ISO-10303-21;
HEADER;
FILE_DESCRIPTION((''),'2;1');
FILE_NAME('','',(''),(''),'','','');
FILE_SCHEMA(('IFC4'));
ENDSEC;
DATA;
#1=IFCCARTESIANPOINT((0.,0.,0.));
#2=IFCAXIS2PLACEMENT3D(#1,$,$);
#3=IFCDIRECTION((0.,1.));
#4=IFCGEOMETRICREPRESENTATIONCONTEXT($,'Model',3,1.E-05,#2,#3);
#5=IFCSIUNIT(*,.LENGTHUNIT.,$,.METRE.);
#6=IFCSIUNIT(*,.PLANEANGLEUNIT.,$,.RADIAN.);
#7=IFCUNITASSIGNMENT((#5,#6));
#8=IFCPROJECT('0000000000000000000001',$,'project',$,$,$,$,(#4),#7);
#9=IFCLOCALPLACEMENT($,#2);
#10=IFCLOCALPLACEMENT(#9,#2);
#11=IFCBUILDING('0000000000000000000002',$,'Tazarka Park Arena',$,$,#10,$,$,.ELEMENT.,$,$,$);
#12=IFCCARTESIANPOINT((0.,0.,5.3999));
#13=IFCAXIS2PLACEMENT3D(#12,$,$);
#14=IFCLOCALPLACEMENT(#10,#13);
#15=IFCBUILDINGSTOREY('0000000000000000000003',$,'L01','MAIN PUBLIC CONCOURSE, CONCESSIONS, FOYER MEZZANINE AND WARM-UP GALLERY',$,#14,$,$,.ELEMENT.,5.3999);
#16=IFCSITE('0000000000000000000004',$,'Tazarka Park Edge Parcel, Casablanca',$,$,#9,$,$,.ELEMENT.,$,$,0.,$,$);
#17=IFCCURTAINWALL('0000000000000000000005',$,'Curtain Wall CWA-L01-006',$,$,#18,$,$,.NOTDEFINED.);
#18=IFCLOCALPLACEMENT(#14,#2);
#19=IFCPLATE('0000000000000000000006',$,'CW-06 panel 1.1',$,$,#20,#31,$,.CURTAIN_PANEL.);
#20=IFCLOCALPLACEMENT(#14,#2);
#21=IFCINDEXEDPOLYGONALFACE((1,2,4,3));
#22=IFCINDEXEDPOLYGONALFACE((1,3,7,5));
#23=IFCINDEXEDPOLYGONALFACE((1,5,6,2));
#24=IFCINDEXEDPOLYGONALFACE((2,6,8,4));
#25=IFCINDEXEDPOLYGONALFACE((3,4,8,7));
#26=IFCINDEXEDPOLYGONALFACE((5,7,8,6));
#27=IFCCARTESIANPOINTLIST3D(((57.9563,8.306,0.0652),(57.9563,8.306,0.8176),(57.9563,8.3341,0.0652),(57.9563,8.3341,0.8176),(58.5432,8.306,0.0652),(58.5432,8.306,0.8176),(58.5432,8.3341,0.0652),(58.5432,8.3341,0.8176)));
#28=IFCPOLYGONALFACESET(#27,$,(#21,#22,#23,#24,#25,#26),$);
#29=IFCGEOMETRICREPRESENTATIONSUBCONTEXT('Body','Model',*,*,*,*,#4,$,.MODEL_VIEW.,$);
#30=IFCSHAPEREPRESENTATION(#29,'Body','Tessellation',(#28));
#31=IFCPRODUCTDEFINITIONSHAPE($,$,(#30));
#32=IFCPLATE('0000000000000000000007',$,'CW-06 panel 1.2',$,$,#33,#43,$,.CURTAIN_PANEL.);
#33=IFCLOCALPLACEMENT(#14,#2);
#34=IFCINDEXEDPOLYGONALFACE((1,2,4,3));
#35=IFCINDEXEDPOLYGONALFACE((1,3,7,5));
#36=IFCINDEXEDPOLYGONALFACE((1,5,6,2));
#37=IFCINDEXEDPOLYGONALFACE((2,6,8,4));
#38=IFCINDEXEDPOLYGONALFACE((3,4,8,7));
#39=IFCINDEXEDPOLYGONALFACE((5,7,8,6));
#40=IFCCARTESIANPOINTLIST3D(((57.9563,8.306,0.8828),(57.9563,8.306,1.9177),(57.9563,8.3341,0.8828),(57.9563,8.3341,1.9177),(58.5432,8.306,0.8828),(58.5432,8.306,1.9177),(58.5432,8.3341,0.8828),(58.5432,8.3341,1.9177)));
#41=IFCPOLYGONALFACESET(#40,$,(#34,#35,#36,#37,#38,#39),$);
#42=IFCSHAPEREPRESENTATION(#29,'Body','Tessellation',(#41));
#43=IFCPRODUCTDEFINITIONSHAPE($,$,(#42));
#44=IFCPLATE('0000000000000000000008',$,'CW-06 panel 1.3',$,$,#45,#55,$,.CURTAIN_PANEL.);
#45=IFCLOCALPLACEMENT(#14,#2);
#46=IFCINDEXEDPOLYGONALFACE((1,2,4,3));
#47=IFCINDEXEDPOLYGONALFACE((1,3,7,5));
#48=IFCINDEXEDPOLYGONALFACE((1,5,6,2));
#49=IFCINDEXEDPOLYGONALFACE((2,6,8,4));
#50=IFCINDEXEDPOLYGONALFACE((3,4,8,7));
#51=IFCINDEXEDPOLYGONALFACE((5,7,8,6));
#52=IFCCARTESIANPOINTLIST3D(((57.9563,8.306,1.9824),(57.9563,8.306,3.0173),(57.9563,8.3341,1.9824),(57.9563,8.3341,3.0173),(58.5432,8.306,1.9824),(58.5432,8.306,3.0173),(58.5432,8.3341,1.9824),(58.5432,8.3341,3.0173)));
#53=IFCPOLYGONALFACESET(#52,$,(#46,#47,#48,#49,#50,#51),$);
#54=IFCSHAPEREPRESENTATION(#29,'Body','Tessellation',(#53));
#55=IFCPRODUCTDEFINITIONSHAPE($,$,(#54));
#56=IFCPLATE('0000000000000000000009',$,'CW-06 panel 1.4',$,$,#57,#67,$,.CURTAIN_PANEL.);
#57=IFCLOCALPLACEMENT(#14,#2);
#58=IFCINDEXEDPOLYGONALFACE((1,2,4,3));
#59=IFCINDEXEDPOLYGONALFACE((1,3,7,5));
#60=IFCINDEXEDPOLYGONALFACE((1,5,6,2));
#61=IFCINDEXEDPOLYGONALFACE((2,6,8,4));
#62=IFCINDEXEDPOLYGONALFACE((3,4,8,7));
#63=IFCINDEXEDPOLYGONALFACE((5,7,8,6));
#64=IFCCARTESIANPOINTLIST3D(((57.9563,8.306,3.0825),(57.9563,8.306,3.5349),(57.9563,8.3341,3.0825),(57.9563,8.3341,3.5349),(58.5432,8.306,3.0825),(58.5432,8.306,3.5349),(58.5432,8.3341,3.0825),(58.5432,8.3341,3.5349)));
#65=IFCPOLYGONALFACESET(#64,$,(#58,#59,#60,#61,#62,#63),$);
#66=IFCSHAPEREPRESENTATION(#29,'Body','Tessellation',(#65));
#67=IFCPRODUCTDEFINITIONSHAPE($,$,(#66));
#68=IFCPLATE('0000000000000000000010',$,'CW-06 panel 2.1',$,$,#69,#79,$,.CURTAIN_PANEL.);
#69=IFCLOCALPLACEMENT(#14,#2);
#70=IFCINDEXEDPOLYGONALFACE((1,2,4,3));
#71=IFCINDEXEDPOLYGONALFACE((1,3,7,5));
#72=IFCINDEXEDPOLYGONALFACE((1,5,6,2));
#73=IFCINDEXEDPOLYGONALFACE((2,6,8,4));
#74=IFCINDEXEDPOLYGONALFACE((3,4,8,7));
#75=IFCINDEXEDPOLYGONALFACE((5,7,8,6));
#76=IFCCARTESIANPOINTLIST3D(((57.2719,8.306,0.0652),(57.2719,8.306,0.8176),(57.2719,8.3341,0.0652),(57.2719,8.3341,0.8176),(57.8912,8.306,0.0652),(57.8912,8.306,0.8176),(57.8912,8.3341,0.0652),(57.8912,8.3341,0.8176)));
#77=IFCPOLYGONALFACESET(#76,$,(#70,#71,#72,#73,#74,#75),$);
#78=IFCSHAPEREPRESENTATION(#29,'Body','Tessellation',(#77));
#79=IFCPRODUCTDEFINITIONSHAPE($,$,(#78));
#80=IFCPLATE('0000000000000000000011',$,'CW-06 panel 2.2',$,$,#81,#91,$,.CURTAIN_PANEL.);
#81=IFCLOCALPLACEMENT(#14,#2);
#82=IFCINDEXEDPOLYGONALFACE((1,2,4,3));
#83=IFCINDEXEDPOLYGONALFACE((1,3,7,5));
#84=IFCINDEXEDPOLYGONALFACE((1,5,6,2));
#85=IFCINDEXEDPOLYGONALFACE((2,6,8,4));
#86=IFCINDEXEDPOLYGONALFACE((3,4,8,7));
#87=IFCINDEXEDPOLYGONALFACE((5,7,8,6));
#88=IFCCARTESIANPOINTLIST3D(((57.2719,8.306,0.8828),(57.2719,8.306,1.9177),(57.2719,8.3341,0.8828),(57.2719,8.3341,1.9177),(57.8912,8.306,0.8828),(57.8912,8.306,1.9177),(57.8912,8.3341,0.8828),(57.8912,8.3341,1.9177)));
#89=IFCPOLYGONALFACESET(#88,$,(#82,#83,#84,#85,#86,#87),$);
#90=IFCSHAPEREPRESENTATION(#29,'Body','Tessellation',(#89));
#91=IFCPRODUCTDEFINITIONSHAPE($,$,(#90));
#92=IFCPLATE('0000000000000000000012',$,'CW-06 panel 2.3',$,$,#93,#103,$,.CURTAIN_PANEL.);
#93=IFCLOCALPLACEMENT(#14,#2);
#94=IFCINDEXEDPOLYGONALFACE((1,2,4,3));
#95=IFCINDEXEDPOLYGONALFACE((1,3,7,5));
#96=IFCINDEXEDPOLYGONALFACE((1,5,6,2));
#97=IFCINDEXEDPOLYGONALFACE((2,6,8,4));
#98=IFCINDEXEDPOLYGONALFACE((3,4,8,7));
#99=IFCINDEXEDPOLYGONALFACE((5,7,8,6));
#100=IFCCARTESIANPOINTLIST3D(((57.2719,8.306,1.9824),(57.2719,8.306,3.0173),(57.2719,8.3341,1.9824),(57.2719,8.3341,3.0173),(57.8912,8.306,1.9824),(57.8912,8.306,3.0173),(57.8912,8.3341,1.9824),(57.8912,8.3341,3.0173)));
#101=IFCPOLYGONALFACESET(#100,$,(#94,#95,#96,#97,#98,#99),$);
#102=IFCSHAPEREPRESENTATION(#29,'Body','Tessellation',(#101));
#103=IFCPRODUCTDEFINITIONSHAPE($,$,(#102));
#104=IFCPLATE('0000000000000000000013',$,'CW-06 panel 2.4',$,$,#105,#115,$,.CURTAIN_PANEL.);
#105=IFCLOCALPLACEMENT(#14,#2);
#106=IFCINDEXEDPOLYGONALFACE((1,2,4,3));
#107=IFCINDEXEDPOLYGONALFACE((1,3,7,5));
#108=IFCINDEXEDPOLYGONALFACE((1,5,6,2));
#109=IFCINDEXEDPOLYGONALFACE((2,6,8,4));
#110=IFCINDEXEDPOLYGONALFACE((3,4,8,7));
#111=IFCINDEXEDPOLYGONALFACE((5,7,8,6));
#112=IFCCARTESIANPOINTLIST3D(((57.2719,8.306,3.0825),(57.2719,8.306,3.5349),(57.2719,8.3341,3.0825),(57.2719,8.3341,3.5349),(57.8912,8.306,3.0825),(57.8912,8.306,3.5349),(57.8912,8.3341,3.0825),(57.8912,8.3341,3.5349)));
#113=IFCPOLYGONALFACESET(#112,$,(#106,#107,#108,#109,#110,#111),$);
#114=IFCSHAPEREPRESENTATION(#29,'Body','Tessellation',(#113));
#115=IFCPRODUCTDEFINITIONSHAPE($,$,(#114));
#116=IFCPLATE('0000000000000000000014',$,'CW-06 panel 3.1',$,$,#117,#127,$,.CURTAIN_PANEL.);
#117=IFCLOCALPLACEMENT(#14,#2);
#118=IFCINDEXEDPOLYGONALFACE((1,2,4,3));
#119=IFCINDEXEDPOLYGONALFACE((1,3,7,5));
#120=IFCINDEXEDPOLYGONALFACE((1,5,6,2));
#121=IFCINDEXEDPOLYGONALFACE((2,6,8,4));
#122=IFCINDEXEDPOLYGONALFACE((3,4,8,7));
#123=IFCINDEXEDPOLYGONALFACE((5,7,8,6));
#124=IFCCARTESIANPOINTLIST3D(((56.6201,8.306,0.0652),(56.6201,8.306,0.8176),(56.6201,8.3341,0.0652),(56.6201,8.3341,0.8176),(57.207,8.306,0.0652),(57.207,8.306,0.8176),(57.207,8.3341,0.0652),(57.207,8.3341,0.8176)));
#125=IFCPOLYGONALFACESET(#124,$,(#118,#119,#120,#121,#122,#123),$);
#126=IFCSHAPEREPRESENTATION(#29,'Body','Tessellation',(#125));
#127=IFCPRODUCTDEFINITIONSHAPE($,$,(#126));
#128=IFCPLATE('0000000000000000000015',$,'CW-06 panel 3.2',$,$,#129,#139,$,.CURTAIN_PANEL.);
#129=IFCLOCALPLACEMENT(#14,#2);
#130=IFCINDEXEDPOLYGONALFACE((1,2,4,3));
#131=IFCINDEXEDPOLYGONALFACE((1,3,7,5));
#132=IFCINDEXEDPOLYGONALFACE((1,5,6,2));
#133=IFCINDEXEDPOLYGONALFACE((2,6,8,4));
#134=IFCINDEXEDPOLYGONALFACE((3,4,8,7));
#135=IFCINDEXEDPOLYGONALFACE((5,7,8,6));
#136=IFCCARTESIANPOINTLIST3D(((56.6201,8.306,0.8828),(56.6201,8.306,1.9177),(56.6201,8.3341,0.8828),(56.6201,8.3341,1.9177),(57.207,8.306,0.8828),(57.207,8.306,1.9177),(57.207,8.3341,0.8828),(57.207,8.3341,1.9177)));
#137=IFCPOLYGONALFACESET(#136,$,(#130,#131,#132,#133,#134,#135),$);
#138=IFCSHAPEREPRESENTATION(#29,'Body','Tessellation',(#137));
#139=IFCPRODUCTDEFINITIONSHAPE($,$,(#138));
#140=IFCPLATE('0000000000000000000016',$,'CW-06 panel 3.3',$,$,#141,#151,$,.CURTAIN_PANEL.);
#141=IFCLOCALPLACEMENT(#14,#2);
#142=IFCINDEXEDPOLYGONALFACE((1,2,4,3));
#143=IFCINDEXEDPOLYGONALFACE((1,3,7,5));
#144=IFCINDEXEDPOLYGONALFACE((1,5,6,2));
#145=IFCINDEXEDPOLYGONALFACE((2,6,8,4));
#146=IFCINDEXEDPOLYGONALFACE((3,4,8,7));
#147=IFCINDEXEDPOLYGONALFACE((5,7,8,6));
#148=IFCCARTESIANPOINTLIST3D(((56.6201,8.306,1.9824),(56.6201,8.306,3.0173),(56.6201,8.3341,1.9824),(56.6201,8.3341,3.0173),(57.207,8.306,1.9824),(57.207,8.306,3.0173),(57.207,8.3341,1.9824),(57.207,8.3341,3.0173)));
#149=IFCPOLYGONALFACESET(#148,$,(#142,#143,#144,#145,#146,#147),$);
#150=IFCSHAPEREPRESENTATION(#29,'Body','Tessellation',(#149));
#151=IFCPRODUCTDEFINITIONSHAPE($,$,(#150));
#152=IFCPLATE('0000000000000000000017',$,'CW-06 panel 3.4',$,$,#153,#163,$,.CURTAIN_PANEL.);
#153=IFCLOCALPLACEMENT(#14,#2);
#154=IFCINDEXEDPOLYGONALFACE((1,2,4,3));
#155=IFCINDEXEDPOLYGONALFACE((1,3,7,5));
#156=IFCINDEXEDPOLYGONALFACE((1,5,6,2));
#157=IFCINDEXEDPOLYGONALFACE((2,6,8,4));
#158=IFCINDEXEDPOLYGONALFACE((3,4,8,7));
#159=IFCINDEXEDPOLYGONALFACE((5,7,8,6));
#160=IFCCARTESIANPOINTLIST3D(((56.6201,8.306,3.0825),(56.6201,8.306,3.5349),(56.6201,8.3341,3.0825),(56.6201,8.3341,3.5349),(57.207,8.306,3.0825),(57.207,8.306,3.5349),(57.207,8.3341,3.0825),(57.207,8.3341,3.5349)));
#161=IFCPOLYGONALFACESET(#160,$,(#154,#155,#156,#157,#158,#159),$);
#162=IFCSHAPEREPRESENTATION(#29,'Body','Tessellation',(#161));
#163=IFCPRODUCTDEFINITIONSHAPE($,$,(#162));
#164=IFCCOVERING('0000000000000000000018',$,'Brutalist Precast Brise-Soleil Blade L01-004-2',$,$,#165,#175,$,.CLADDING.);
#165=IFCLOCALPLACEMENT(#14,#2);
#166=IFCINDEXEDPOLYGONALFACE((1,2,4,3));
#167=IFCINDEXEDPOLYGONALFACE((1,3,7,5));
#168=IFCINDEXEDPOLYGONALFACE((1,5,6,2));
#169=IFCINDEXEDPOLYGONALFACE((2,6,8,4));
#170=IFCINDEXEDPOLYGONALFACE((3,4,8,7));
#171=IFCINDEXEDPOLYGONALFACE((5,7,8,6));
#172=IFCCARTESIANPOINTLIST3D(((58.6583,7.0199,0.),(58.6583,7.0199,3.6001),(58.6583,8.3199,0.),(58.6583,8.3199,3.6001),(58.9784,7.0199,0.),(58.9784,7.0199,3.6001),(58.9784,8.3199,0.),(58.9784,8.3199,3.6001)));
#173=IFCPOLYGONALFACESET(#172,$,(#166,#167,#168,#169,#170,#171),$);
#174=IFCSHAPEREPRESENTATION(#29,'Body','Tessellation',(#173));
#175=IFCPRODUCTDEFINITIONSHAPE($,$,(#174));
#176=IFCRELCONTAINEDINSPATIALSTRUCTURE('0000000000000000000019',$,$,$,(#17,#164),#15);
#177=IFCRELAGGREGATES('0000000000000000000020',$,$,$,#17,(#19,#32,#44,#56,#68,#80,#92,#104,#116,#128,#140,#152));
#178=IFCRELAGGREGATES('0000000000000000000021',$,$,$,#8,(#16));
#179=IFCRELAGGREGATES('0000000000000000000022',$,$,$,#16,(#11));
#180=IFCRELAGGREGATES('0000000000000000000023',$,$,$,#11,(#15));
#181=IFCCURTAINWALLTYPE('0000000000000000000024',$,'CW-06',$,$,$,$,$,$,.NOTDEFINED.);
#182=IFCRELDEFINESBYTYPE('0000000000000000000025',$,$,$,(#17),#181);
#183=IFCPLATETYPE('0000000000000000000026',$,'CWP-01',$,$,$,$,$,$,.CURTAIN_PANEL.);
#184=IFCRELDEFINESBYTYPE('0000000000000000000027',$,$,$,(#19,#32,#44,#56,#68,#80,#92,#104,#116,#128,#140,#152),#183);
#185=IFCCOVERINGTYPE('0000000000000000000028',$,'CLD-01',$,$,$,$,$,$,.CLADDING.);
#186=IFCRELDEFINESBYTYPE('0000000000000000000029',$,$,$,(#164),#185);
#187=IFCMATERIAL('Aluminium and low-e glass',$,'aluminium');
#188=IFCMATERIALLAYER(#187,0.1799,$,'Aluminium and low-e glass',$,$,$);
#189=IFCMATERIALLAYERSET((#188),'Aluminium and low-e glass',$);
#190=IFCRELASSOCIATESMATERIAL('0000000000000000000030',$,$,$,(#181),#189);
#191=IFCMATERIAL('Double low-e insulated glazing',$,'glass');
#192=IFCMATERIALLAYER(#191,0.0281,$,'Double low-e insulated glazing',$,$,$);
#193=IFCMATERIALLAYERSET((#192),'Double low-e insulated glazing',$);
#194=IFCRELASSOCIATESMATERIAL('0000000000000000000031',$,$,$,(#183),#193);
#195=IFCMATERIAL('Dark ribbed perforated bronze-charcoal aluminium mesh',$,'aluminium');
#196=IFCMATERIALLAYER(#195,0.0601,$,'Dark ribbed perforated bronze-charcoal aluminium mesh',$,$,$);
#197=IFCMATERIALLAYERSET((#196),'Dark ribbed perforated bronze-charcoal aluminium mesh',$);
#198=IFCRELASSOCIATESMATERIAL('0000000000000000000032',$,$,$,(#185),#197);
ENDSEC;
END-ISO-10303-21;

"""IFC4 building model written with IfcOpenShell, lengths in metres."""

from ifc_helpers import new_model, si_unit, direction, frame, origin, origin_2d, place, context, subcontext, project, spatial, rectangle, extrude, material, layer, layer_set, type_object, element, aggregate, save


model = new_model("IFC4")

# Units and contexts
model_context = context("Model", 3, precision=1e-05, world=origin(), true_north=direction((0.0, 1.0)))
body_context = subcontext(model_context, "Body", "Model", "MODEL_VIEW")
ifc_project = project(units=[si_unit("LENGTHUNIT", "METRE"), si_unit("PLANEANGLEUNIT", "RADIAN")], contexts=[model_context])

# Site, building, storey
site_placement = place(None, origin())
site = spatial("IfcSite", under=ifc_project, at=site_placement, Name="Tazarka Park Edge Parcel, Casablanca", CompositionType="ELEMENT", RefElevation=0.0)
building_placement = place(site_placement, origin())
building = spatial("IfcBuilding", under=site, at=building_placement, Name="Tazarka Park Arena", CompositionType="ELEMENT")
storey_placement = place(building_placement, frame((0.0, 0.0, 5.3999)))
storey = spatial("IfcBuildingStorey", under=building, at=storey_placement, Name="L01", Description="MAIN PUBLIC CONCOURSE, CONCESSIONS, FOYER MEZZANINE AND WARM-UP GALLERY", CompositionType="ELEMENT", Elevation=5.3999)

# Curtain wall, plates
ifc_material_1 = material(Name="Aluminium and low-e glass", Category="aluminium")
ifc_layer_1 = layer(ifc_material_1, 0.1799, Name="Aluminium and low-e glass")
ifc_layer_set_1 = layer_set([ifc_layer_1], Name="Aluminium and low-e glass")
curtain_wall_type = type_object("IfcCurtainWallType", Name="CW-06", PredefinedType="NOTDEFINED", material=ifc_layer_set_1)
curtain_wall_placement = place(storey_placement, origin())
curtain_wall = element("IfcCurtainWall", 1, at=curtain_wall_placement, inside=storey, type_object=curtain_wall_type, Name="Curtain Wall CWA-L01-006", PredefinedType="NOTDEFINED")
ifc_material_2 = material(Name="Double low-e insulated glazing", Category="glass")
ifc_layer_2 = layer(ifc_material_2, 0.0281, Name="Double low-e insulated glazing")
ifc_layer_set_2 = layer_set([ifc_layer_2], Name="Double low-e insulated glazing")
plate_type = type_object("IfcPlateType", Name="CWP-01", PredefinedType="CURTAIN_PANEL", material=ifc_layer_set_2)
plate_1_placement = place(storey_placement, frame((58.2498, 8.3201, 0.0652), z_axis=(0.0, 0.0, 1.0), x_axis=(-1.0, 0.0, 0.0)))
plate_1 = element("IfcPlate", 2, at=plate_1_placement, type_object=plate_type, Name="CW-06 panel 1.1", PredefinedType="CURTAIN_PANEL", context=body_context, shape_type="SweptSolid", body=[
    extrude(rectangle(XDim=0.5869, YDim=0.0281, at=origin_2d()), origin(), (0.0, 0.0, 1.0), 0.7524),
])
plate_2_placement = place(storey_placement, frame((58.2498, 8.3201, 0.8828), z_axis=(0.0, 0.0, 1.0), x_axis=(-1.0, 0.0, 0.0)))
plate_2 = element("IfcPlate", 3, at=plate_2_placement, type_object=plate_type, Name="CW-06 panel 1.2", PredefinedType="CURTAIN_PANEL", context=body_context, shape_type="SweptSolid", body=[
    extrude(rectangle(XDim=0.5869, YDim=0.0281, at=origin_2d()), origin(), (0.0, 0.0, 1.0), 1.0349),
])
plate_3_placement = place(storey_placement, frame((58.2498, 8.3201, 1.9824), z_axis=(0.0, 0.0, 1.0), x_axis=(-1.0, 0.0, 0.0)))
plate_3 = element("IfcPlate", 4, at=plate_3_placement, type_object=plate_type, Name="CW-06 panel 1.3", PredefinedType="CURTAIN_PANEL", context=body_context, shape_type="SweptSolid", body=[
    extrude(rectangle(XDim=0.5869, YDim=0.0281, at=origin_2d()), origin(), (0.0, 0.0, 1.0), 1.0349),
])
plate_4_placement = place(storey_placement, frame((58.2498, 8.3201, 3.0825), z_axis=(0.0, 0.0, 1.0), x_axis=(-1.0, 0.0, 0.0)))
plate_4 = element("IfcPlate", 5, at=plate_4_placement, type_object=plate_type, Name="CW-06 panel 1.4", PredefinedType="CURTAIN_PANEL", context=body_context, shape_type="SweptSolid", body=[
    extrude(rectangle(XDim=0.5869, YDim=0.0281, at=origin_2d()), origin(), (0.0, 0.0, 1.0), 0.4524),
])
plate_5_placement = place(storey_placement, frame((57.5815, 8.3201, 0.0652), z_axis=(0.0, 0.0, 1.0), x_axis=(-1.0, 0.0, 0.0)))
plate_5 = element("IfcPlate", 6, at=plate_5_placement, type_object=plate_type, Name="CW-06 panel 2.1", PredefinedType="CURTAIN_PANEL", context=body_context, shape_type="SweptSolid", body=[
    extrude(rectangle(XDim=0.6194, YDim=0.0281, at=origin_2d()), origin(), (0.0, 0.0, 1.0), 0.7524),
])
plate_6_placement = place(storey_placement, frame((57.5815, 8.3201, 0.8828), z_axis=(0.0, 0.0, 1.0), x_axis=(-1.0, 0.0, 0.0)))
plate_6 = element("IfcPlate", 7, at=plate_6_placement, type_object=plate_type, Name="CW-06 panel 2.2", PredefinedType="CURTAIN_PANEL", context=body_context, shape_type="SweptSolid", body=[
    extrude(rectangle(XDim=0.6194, YDim=0.0281, at=origin_2d()), origin(), (0.0, 0.0, 1.0), 1.0349),
])
plate_7_placement = place(storey_placement, frame((57.5815, 8.3201, 1.9824), z_axis=(0.0, 0.0, 1.0), x_axis=(-1.0, 0.0, 0.0)))
plate_7 = element("IfcPlate", 8, at=plate_7_placement, type_object=plate_type, Name="CW-06 panel 2.3", PredefinedType="CURTAIN_PANEL", context=body_context, shape_type="SweptSolid", body=[
    extrude(rectangle(XDim=0.6194, YDim=0.0281, at=origin_2d()), origin(), (0.0, 0.0, 1.0), 1.0349),
])
plate_8_placement = place(storey_placement, frame((57.5815, 8.3201, 3.0825), z_axis=(0.0, 0.0, 1.0), x_axis=(-1.0, 0.0, 0.0)))
plate_8 = element("IfcPlate", 9, at=plate_8_placement, type_object=plate_type, Name="CW-06 panel 2.4", PredefinedType="CURTAIN_PANEL", context=body_context, shape_type="SweptSolid", body=[
    extrude(rectangle(XDim=0.6194, YDim=0.0281, at=origin_2d()), origin(), (0.0, 0.0, 1.0), 0.4524),
])
plate_9_placement = place(storey_placement, frame((56.9136, 8.3201, 0.0652), z_axis=(0.0, 0.0, 1.0), x_axis=(-1.0, 0.0, 0.0)))
plate_9 = element("IfcPlate", 10, at=plate_9_placement, type_object=plate_type, Name="CW-06 panel 3.1", PredefinedType="CURTAIN_PANEL", context=body_context, shape_type="SweptSolid", body=[
    extrude(rectangle(XDim=0.5869, YDim=0.0281, at=origin_2d()), origin(), (0.0, 0.0, 1.0), 0.7524),
])
plate_10_placement = place(storey_placement, frame((56.9136, 8.3201, 0.8828), z_axis=(0.0, 0.0, 1.0), x_axis=(-1.0, 0.0, 0.0)))
plate_10 = element("IfcPlate", 11, at=plate_10_placement, type_object=plate_type, Name="CW-06 panel 3.2", PredefinedType="CURTAIN_PANEL", context=body_context, shape_type="SweptSolid", body=[
    extrude(rectangle(XDim=0.5869, YDim=0.0281, at=origin_2d()), origin(), (0.0, 0.0, 1.0), 1.0349),
])
plate_11_placement = place(storey_placement, frame((56.9136, 8.3201, 1.9824), z_axis=(0.0, 0.0, 1.0), x_axis=(-1.0, 0.0, 0.0)))
plate_11 = element("IfcPlate", 12, at=plate_11_placement, type_object=plate_type, Name="CW-06 panel 3.3", PredefinedType="CURTAIN_PANEL", context=body_context, shape_type="SweptSolid", body=[
    extrude(rectangle(XDim=0.5869, YDim=0.0281, at=origin_2d()), origin(), (0.0, 0.0, 1.0), 1.0349),
])
plate_12_placement = place(storey_placement, frame((56.9136, 8.3201, 3.0825), z_axis=(0.0, 0.0, 1.0), x_axis=(-1.0, 0.0, 0.0)))
plate_12 = element("IfcPlate", 13, at=plate_12_placement, type_object=plate_type, Name="CW-06 panel 3.4", PredefinedType="CURTAIN_PANEL", context=body_context, shape_type="SweptSolid", body=[
    extrude(rectangle(XDim=0.5869, YDim=0.0281, at=origin_2d()), origin(), (0.0, 0.0, 1.0), 0.4524),
])
aggregate(curtain_wall, [plate_1, plate_2, plate_3, plate_4, plate_5, plate_6, plate_7, plate_8, plate_9, plate_10, plate_11, plate_12])

# Covering
ifc_material_3 = material(Name="Dark ribbed perforated bronze-charcoal aluminium mesh", Category="aluminium")
ifc_layer_3 = layer(ifc_material_3, 0.0601, Name="Dark ribbed perforated bronze-charcoal aluminium mesh")
ifc_layer_set_3 = layer_set([ifc_layer_3], Name="Dark ribbed perforated bronze-charcoal aluminium mesh")
covering_type = type_object("IfcCoveringType", Name="CLD-01", PredefinedType="CLADDING", material=ifc_layer_set_3)
covering_placement = place(storey_placement, frame((58.8184, 7.6699, 0.0), z_axis=(0.0, 0.0, 1.0), x_axis=(-1.0, 0.0, 0.0)))
element("IfcCovering", 14, at=covering_placement, inside=storey, type_object=covering_type, Name="Brutalist Precast Brise-Soleil Blade L01-004-2", PredefinedType="CLADDING", context=body_context, shape_type="SweptSolid", body=[
    extrude(rectangle(XDim=0.3201, YDim=1.3, at=origin_2d()), origin(), (0.0, 0.0, 1.0), 3.6001),
])

save(model, "model.ifc")
